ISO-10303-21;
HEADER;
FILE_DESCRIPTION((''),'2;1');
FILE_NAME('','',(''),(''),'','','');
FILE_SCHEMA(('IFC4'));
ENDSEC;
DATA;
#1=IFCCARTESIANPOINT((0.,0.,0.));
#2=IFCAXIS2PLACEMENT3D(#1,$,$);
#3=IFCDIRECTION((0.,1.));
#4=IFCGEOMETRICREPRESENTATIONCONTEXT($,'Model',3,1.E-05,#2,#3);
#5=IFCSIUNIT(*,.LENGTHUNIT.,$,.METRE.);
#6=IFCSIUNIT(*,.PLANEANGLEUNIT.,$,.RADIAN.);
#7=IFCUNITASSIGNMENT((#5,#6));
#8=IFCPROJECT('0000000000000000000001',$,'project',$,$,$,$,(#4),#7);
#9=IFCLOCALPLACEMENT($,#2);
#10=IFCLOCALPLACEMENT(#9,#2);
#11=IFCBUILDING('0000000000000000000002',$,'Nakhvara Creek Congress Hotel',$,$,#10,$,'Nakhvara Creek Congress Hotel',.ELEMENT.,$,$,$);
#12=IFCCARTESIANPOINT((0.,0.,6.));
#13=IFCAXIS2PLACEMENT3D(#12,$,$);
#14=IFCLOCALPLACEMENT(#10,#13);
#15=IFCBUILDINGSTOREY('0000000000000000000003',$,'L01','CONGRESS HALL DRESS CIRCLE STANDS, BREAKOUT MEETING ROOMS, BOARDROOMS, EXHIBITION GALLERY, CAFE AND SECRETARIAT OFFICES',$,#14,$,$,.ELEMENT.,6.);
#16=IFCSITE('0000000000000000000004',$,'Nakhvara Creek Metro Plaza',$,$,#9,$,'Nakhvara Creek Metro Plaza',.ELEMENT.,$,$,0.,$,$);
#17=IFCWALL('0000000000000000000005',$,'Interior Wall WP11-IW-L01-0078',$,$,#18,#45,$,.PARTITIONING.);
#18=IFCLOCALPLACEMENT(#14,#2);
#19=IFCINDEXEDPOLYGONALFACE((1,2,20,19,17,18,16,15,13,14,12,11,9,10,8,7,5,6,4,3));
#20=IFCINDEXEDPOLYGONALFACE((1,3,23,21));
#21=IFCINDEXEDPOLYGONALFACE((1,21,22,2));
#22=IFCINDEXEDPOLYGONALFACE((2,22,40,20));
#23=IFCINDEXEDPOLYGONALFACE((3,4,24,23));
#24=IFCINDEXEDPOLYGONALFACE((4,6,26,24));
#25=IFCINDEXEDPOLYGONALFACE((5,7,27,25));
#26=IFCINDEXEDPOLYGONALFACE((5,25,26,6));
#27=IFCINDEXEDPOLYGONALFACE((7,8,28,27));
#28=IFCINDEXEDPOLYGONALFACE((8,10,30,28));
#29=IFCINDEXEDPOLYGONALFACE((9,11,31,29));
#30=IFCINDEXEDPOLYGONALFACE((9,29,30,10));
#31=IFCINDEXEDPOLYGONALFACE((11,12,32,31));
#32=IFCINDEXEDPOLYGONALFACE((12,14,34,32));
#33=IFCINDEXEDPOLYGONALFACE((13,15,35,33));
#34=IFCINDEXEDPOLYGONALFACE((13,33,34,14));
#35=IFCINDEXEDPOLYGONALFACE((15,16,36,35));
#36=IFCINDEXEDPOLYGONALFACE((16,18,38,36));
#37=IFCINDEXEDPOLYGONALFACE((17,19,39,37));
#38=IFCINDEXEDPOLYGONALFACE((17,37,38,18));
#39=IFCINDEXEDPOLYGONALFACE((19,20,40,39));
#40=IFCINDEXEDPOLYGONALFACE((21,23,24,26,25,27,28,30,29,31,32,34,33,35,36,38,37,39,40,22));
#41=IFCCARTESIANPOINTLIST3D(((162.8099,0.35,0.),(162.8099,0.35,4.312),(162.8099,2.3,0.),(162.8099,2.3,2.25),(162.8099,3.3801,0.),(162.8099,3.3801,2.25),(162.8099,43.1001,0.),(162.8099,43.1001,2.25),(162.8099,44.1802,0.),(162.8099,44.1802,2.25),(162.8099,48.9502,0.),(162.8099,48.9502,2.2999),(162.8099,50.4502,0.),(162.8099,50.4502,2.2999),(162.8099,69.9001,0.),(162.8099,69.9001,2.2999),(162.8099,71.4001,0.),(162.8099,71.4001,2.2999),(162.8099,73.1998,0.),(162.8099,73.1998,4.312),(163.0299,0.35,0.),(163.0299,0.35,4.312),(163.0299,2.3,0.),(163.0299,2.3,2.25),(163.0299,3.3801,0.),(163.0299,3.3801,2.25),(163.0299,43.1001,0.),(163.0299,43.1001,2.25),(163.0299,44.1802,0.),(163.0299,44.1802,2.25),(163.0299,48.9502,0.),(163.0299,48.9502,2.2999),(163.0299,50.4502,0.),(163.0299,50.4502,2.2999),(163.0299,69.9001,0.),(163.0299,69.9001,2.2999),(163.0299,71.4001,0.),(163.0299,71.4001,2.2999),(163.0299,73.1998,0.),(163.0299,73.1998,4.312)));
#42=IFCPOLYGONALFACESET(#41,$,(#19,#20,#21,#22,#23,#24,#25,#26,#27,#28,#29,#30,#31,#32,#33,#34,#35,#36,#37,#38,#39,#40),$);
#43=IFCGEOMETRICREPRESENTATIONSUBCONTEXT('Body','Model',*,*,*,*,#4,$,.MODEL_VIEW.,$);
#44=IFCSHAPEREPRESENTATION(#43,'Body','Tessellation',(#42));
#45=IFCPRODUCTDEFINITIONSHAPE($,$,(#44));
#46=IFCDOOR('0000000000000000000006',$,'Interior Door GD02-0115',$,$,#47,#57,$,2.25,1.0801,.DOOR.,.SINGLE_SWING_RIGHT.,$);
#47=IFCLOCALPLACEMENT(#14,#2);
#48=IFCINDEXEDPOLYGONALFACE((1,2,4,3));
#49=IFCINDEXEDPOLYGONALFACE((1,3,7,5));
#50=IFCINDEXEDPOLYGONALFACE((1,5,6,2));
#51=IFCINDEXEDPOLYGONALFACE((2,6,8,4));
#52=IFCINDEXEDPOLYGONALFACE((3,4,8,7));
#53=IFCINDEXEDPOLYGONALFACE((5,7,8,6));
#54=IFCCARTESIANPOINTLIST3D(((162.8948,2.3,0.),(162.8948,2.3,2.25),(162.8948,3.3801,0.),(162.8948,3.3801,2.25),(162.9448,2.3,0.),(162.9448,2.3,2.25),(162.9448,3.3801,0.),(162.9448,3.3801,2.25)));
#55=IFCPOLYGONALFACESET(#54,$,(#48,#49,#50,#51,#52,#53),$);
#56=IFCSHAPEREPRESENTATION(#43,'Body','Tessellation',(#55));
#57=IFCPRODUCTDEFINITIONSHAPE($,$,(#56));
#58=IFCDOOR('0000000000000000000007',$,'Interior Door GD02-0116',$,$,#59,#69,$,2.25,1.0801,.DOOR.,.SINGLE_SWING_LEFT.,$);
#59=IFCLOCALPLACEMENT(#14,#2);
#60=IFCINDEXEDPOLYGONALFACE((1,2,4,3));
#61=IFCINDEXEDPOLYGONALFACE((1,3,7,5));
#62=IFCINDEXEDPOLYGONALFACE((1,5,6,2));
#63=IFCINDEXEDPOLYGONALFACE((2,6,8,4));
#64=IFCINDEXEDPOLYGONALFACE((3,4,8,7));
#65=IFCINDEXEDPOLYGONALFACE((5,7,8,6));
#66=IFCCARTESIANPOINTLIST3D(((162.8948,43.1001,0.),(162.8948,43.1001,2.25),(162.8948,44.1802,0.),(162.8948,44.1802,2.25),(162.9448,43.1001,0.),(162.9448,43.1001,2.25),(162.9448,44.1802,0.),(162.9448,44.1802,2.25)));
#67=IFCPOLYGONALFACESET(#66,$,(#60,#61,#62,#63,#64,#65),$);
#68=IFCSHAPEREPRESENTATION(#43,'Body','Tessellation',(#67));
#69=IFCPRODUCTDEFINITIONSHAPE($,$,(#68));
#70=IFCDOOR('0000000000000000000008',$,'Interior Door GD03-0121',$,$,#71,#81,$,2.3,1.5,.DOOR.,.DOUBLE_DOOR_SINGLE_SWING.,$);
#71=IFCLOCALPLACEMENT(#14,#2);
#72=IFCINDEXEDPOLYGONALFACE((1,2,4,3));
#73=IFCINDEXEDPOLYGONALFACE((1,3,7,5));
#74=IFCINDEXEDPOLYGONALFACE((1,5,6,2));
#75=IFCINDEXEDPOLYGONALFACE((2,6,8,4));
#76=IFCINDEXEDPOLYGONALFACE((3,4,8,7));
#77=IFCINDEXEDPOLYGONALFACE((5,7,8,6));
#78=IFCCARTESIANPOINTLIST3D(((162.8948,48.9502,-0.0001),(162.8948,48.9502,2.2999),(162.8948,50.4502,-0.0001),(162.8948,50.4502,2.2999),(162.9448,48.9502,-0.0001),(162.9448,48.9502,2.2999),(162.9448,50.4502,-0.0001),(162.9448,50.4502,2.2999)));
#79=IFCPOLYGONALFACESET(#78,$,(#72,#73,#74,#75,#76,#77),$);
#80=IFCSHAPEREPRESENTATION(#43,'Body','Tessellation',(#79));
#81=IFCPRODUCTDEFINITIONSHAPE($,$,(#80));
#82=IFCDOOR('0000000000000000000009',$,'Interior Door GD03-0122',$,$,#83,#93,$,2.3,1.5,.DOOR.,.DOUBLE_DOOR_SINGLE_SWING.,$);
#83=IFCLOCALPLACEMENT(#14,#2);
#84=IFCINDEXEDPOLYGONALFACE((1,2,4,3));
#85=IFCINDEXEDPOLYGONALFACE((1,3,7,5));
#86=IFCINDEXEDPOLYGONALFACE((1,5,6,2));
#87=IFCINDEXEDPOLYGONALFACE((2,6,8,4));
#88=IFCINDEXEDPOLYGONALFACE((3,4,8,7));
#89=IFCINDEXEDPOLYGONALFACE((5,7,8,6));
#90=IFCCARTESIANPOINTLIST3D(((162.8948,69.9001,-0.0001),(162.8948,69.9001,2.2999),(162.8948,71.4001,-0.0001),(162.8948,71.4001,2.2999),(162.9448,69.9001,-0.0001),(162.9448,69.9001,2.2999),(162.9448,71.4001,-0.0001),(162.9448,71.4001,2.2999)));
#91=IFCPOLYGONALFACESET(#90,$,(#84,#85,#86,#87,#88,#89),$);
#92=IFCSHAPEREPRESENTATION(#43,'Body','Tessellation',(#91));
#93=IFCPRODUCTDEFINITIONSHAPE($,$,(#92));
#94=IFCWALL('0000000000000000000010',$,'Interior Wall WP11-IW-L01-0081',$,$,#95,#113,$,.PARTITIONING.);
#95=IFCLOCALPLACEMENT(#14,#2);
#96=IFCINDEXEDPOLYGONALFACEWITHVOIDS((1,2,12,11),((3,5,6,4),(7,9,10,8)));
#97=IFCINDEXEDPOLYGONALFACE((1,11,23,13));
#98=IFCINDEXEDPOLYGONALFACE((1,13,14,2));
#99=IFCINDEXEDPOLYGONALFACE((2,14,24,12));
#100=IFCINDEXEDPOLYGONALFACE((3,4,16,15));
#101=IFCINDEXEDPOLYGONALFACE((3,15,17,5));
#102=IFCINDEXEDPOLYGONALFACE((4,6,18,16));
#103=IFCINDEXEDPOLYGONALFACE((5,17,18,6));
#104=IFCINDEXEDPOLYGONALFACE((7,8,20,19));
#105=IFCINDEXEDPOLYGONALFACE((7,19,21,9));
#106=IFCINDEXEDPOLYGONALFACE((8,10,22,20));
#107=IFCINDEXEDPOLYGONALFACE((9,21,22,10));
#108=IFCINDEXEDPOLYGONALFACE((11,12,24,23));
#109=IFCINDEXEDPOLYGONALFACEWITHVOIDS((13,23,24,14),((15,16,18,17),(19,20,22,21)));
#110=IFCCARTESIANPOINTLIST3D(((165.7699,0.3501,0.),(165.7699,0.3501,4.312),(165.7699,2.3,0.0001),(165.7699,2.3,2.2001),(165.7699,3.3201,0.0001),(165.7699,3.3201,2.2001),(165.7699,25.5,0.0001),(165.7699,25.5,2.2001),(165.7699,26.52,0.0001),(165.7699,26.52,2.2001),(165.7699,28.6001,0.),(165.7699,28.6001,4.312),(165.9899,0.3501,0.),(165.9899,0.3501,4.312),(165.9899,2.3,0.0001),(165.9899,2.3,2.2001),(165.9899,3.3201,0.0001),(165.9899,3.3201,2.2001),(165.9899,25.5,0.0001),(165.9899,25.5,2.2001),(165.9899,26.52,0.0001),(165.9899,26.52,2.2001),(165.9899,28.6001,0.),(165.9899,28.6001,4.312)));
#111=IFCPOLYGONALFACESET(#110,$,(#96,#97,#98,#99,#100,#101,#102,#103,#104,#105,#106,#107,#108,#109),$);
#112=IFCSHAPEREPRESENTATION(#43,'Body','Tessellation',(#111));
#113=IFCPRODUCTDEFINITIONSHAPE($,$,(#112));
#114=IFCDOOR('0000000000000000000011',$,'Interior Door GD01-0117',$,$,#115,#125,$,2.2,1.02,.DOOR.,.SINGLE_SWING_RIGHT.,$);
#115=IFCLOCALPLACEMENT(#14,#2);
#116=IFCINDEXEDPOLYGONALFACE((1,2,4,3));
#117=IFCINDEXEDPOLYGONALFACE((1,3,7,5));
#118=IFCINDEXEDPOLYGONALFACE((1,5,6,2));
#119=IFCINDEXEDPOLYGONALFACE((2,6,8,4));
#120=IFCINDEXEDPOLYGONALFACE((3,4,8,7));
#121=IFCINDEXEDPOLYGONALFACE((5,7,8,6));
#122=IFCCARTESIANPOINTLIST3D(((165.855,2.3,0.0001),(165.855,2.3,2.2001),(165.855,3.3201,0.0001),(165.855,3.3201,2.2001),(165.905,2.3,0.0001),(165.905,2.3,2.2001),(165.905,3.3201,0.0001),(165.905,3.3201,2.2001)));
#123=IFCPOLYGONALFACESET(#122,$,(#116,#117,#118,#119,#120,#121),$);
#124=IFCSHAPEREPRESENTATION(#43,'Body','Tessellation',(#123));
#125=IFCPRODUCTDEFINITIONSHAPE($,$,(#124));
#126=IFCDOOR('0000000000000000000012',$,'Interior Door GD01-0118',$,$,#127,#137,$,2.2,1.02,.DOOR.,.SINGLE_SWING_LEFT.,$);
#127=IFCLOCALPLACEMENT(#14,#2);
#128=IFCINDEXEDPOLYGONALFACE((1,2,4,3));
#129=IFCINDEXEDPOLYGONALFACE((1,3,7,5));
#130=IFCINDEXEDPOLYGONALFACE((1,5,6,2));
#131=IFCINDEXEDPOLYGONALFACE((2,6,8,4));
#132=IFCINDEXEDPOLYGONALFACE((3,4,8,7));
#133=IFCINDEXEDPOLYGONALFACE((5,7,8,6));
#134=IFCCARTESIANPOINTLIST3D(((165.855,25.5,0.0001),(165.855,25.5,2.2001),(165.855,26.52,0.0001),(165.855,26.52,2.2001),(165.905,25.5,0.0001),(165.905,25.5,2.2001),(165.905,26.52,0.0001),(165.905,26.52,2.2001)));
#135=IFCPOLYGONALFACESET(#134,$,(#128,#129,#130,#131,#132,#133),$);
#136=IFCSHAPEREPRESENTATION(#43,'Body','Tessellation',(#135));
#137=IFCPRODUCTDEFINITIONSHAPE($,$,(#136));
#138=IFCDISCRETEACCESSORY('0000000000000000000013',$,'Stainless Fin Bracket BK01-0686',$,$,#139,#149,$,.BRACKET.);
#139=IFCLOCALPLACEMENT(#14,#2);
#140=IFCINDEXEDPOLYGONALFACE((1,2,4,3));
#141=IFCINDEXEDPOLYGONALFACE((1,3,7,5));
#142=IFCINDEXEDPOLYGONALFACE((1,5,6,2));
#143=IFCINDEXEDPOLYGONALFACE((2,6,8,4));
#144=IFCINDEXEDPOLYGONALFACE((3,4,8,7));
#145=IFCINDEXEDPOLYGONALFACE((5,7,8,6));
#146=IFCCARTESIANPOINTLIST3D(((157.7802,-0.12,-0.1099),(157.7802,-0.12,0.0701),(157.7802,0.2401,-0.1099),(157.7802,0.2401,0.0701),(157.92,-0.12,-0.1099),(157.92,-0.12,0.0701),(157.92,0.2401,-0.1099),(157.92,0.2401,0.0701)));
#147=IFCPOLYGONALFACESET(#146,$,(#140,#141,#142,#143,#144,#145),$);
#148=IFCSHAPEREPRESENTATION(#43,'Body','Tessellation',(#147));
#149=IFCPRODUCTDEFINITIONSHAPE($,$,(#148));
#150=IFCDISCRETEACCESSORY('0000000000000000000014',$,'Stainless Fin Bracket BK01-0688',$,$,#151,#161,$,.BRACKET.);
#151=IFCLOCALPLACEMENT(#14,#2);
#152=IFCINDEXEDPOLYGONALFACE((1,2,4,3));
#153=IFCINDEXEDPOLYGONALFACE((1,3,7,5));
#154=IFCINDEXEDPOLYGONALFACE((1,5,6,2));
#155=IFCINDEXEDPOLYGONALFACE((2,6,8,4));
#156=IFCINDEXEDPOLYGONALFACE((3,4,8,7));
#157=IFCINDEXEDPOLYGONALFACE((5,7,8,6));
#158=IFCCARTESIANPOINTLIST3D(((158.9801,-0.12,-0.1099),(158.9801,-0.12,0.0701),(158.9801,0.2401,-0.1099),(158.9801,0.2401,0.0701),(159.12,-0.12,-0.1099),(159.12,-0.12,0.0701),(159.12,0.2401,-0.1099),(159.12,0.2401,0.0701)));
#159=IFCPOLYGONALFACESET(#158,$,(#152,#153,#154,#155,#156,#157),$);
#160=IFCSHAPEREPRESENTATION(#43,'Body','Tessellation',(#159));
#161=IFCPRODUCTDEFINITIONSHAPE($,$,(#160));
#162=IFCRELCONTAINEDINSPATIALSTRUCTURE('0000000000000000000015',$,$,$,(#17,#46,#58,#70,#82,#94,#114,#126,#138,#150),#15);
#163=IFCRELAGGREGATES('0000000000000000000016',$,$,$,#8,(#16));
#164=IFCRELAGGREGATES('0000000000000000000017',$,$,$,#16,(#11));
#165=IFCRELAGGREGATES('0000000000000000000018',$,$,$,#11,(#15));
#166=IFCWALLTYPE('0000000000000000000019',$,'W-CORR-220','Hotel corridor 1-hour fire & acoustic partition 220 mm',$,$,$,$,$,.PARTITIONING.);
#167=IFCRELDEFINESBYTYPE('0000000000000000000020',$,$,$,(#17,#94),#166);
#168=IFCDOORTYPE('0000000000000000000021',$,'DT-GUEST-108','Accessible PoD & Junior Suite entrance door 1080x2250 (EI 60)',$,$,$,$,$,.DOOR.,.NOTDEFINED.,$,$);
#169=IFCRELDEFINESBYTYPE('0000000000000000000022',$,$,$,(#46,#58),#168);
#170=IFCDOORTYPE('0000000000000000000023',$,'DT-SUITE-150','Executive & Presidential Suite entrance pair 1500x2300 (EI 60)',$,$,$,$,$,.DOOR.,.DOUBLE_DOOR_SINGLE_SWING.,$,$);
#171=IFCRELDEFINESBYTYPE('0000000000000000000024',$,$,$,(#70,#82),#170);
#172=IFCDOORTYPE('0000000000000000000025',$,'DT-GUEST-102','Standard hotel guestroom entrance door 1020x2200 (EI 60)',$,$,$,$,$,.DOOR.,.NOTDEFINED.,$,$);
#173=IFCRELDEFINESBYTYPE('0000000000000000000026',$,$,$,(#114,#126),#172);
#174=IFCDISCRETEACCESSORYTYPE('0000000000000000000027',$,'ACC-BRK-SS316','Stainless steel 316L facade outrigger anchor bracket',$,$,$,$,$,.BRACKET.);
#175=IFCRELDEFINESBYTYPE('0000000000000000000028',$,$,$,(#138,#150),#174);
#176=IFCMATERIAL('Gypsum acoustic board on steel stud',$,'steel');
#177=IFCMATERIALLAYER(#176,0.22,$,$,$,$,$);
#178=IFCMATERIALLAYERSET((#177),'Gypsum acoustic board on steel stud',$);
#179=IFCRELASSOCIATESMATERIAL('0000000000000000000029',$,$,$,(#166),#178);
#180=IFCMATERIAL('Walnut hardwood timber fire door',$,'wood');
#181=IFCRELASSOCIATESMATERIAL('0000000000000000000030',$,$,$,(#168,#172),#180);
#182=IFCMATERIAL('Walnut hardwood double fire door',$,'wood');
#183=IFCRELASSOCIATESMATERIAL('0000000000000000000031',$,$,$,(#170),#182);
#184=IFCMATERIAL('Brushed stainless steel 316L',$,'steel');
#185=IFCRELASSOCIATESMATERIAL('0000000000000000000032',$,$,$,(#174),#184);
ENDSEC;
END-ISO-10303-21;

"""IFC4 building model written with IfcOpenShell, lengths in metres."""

from ifc_helpers import new_model, si_unit, direction, frame, frame_2d, origin, origin_2d, place, context, subcontext, project, spatial, rectangle, extrude, material, layer, layer_set, type_object, element, fill, save


model = new_model("IFC4")

# Units and contexts
model_context = context("Model", 3, precision=1e-05, world=origin(), true_north=direction((0.0, 1.0)))
body_context = subcontext(model_context, "Body", "Model", "MODEL_VIEW")
ifc_project = project(units=[si_unit("LENGTHUNIT", "METRE"), si_unit("PLANEANGLEUNIT", "RADIAN")], contexts=[model_context])

# Site, building, storey
site_placement = place(None, origin())
site = spatial("IfcSite", under=ifc_project, at=site_placement, Name="Nakhvara Creek Metro Plaza", LongName="Nakhvara Creek Metro Plaza", CompositionType="ELEMENT", RefElevation=0.0)
building_placement = place(site_placement, origin())
building = spatial("IfcBuilding", under=site, at=building_placement, Name="Nakhvara Creek Congress Hotel", LongName="Nakhvara Creek Congress Hotel", CompositionType="ELEMENT")
storey_placement = place(building_placement, frame((0.0, 0.0, 6.0)))
storey = spatial("IfcBuildingStorey", under=building, at=storey_placement, Name="L01", Description="CONGRESS HALL DRESS CIRCLE STANDS, BREAKOUT MEETING ROOMS, BOARDROOMS, EXHIBITION GALLERY, CAFE AND SECRETARIAT OFFICES", CompositionType="ELEMENT", Elevation=6.0)

# Walls, openings, doors
ifc_material_1 = material(Name="Gypsum acoustic board on steel stud", Category="steel")
ifc_layer = layer(ifc_material_1, 0.22)
ifc_layer_set = layer_set([ifc_layer], Name="Gypsum acoustic board on steel stud")
wall_type = type_object("IfcWallType", Name="W-CORR-220", Description="Hotel corridor 1-hour fire & acoustic partition 220 mm", PredefinedType="PARTITIONING", material=ifc_layer_set)
wall_1_placement = place(storey_placement, frame((162.9199, 0.3501, 0.0), z_axis=(0.0, 0.0, 1.0), x_axis=(0.0, 1.0, 0.0)))
wall_1 = element("IfcWall", 1, at=wall_1_placement, inside=storey, type_object=wall_type, Name="Interior Wall WP11-IW-L01-0078", PredefinedType="PARTITIONING", context=body_context, shape_type="SweptSolid", body=[
    extrude(rectangle(XDim=72.8499, YDim=0.22, at=frame_2d((36.4248, 0.0))), origin(), (0.0, 0.0, 1.0), 4.312),
])
opening_1_placement = place(wall_1_placement, frame((1.95, 0.0, 0.0)))
opening_1 = element("IfcOpeningElement", 2, at=opening_1_placement, cuts=wall_1, PredefinedType="OPENING", context=body_context, shape_type="SweptSolid", body=[
    extrude(rectangle(XDim=1.0801, YDim=2.25, at=frame_2d((0.54, 1.125))), frame((0.0, 0.1221, 0.0), z_axis=(0.0, -1.0, 0.0), x_axis=(1.0, 0.0, 0.0)), (0.0, 0.0, 1.0), 0.2439),
])
opening_2_placement = place(wall_1_placement, frame((42.75, 0.0, 0.0)))
opening_2 = element("IfcOpeningElement", 3, at=opening_2_placement, cuts=wall_1, PredefinedType="OPENING", context=body_context, shape_type="SweptSolid", body=[
    extrude(rectangle(XDim=1.0801, YDim=2.25, at=frame_2d((0.54, 1.125))), frame((0.0, 0.1221, 0.0), z_axis=(0.0, -1.0, 0.0), x_axis=(1.0, 0.0, 0.0)), (0.0, 0.0, 1.0), 0.2439),
])
opening_3_placement = place(wall_1_placement, frame((48.6001, 0.0, 0.0)))
opening_3 = element("IfcOpeningElement", 4, at=opening_3_placement, cuts=wall_1, PredefinedType="OPENING", context=body_context, shape_type="SweptSolid", body=[
    extrude(rectangle(XDim=1.5, YDim=2.3, at=frame_2d((0.75, 1.1499))), frame((0.0, 0.1221, 0.0), z_axis=(0.0, -1.0, 0.0), x_axis=(1.0, 0.0, 0.0)), (0.0, 0.0, 1.0), 0.2439),
])
opening_4_placement = place(wall_1_placement, frame((69.55, 0.0, 0.0)))
opening_4 = element("IfcOpeningElement", 5, at=opening_4_placement, cuts=wall_1, PredefinedType="OPENING", context=body_context, shape_type="SweptSolid", body=[
    extrude(rectangle(XDim=1.5, YDim=2.3, at=frame_2d((0.75, 1.1499))), frame((0.0, 0.1221, 0.0), z_axis=(0.0, -1.0, 0.0), x_axis=(1.0, 0.0, 0.0)), (0.0, 0.0, 1.0), 0.2439),
])
ifc_material_2 = material(Name="Walnut hardwood timber fire door", Category="wood")
door_type_1 = type_object("IfcDoorType", Name="DT-GUEST-108", Description="Accessible PoD & Junior Suite entrance door 1080x2250 (EI 60)", OperationType="NOTDEFINED", PredefinedType="DOOR", material=ifc_material_2)
door_1_placement = place(opening_1_placement, frame((1.0801, 0.0, 0.0), z_axis=(0.0, 0.0, 1.0), x_axis=(-1.0, 0.0, 0.0)))
door_1 = element("IfcDoor", 6, at=door_1_placement, inside=storey, type_object=door_type_1, Name="Interior Door GD02-0115", OperationType="SINGLE_SWING_RIGHT", OverallHeight=2.25, OverallWidth=1.0801, PredefinedType="DOOR", context=body_context, shape_type="SweptSolid", body=[
    extrude(rectangle(XDim=1.0801, YDim=2.25, at=frame_2d((0.54, 1.125))), frame((0.0, 0.0249, 0.0), z_axis=(0.0, -1.0, 0.0), x_axis=(1.0, 0.0, 0.0)), (0.0, 0.0, 1.0), 0.05),
])
fill(opening_1, door_1)
door_2_placement = place(opening_2_placement, frame((1.0801, 0.0, 0.0), z_axis=(0.0, 0.0, 1.0), x_axis=(-1.0, 0.0, 0.0)))
door_2 = element("IfcDoor", 7, at=door_2_placement, inside=storey, type_object=door_type_1, Name="Interior Door GD02-0116", OperationType="SINGLE_SWING_LEFT", OverallHeight=2.25, OverallWidth=1.0801, PredefinedType="DOOR", context=body_context, shape_type="SweptSolid", body=[
    extrude(rectangle(XDim=1.0801, YDim=2.25, at=frame_2d((0.54, 1.125))), frame((0.0, 0.0249, 0.0), z_axis=(0.0, -1.0, 0.0), x_axis=(1.0, 0.0, 0.0)), (0.0, 0.0, 1.0), 0.05),
])
fill(opening_2, door_2)
ifc_material_3 = material(Name="Walnut hardwood double fire door", Category="wood")
door_type_2 = type_object("IfcDoorType", Name="DT-SUITE-150", Description="Executive & Presidential Suite entrance pair 1500x2300 (EI 60)", OperationType="DOUBLE_DOOR_SINGLE_SWING", PredefinedType="DOOR", material=ifc_material_3)
door_3_placement = place(opening_3_placement, frame((1.5, 0.0, 0.0), z_axis=(0.0, 0.0, 1.0), x_axis=(-1.0, 0.0, 0.0)))
door_3 = element("IfcDoor", 8, at=door_3_placement, inside=storey, type_object=door_type_2, Name="Interior Door GD03-0121", OperationType="DOUBLE_DOOR_SINGLE_SWING", OverallHeight=2.3, OverallWidth=1.5, PredefinedType="DOOR", context=body_context, shape_type="SweptSolid", body=[
    extrude(rectangle(XDim=1.5, YDim=2.3, at=frame_2d((0.75, 1.1499))), frame((0.0, 0.0249, 0.0), z_axis=(0.0, -1.0, 0.0), x_axis=(1.0, 0.0, 0.0)), (0.0, 0.0, 1.0), 0.05),
])
fill(opening_3, door_3)
door_4_placement = place(opening_4_placement, frame((1.5, 0.0, 0.0), z_axis=(0.0, 0.0, 1.0), x_axis=(-1.0, 0.0, 0.0)))
door_4 = element("IfcDoor", 9, at=door_4_placement, inside=storey, type_object=door_type_2, Name="Interior Door GD03-0122", OperationType="DOUBLE_DOOR_SINGLE_SWING", OverallHeight=2.3, OverallWidth=1.5, PredefinedType="DOOR", context=body_context, shape_type="SweptSolid", body=[
    extrude(rectangle(XDim=1.5, YDim=2.3, at=frame_2d((0.75, 1.1499))), frame((0.0, 0.0249, 0.0), z_axis=(0.0, -1.0, 0.0), x_axis=(1.0, 0.0, 0.0)), (0.0, 0.0, 1.0), 0.05),
])
fill(opening_4, door_4)
wall_2_placement = place(storey_placement, frame((165.8799, 0.3501, 0.0), z_axis=(0.0, 0.0, 1.0), x_axis=(0.0, 1.0, 0.0)))
wall_2 = element("IfcWall", 10, at=wall_2_placement, inside=storey, type_object=wall_type, Name="Interior Wall WP11-IW-L01-0081", PredefinedType="PARTITIONING", context=body_context, shape_type="SweptSolid", body=[
    extrude(rectangle(XDim=28.25, YDim=0.22, at=frame_2d((14.125, 0.0))), origin(), (0.0, 0.0, 1.0), 4.312),
])
opening_5_placement = place(wall_2_placement, frame((1.95, 0.0, 0.0)))
opening_5 = element("IfcOpeningElement", 11, at=opening_5_placement, cuts=wall_2, PredefinedType="OPENING", context=body_context, shape_type="SweptSolid", body=[
    extrude(rectangle(XDim=1.02, YDim=2.2, at=frame_2d((0.51, 1.1001))), frame((0.0, 0.1221, 0.0), z_axis=(0.0, -1.0, 0.0), x_axis=(1.0, 0.0, 0.0)), (0.0, 0.0, 1.0), 0.2439),
])
opening_6_placement = place(wall_2_placement, frame((25.1499, 0.0, 0.0)))
opening_6 = element("IfcOpeningElement", 12, at=opening_6_placement, cuts=wall_2, PredefinedType="OPENING", context=body_context, shape_type="SweptSolid", body=[
    extrude(rectangle(XDim=1.02, YDim=2.2, at=frame_2d((0.51, 1.1001))), frame((0.0, 0.1221, 0.0), z_axis=(0.0, -1.0, 0.0), x_axis=(1.0, 0.0, 0.0)), (0.0, 0.0, 1.0), 0.2439),
])
door_type_3 = type_object("IfcDoorType", Name="DT-GUEST-102", Description="Standard hotel guestroom entrance door 1020x2200 (EI 60)", OperationType="NOTDEFINED", PredefinedType="DOOR", material=ifc_material_2)
door_5_placement = place(opening_5_placement, origin())
door_5 = element("IfcDoor", 13, at=door_5_placement, inside=storey, type_object=door_type_3, Name="Interior Door GD01-0117", OperationType="SINGLE_SWING_RIGHT", OverallHeight=2.2, OverallWidth=1.02, PredefinedType="DOOR", context=body_context, shape_type="SweptSolid", body=[
    extrude(rectangle(XDim=1.02, YDim=2.2, at=frame_2d((0.51, 1.1001))), frame((0.0, 0.0249, 0.0), z_axis=(0.0, -1.0, 0.0), x_axis=(1.0, 0.0, 0.0)), (0.0, 0.0, 1.0), 0.05),
])
fill(opening_5, door_5)
door_6_placement = place(opening_6_placement, origin())
door_6 = element("IfcDoor", 14, at=door_6_placement, inside=storey, type_object=door_type_3, Name="Interior Door GD01-0118", OperationType="SINGLE_SWING_LEFT", OverallHeight=2.2, OverallWidth=1.02, PredefinedType="DOOR", context=body_context, shape_type="SweptSolid", body=[
    extrude(rectangle(XDim=1.02, YDim=2.2, at=frame_2d((0.51, 1.1001))), frame((0.0, 0.0249, 0.0), z_axis=(0.0, -1.0, 0.0), x_axis=(1.0, 0.0, 0.0)), (0.0, 0.0, 1.0), 0.05),
])
fill(opening_6, door_6)

# Discrete accessories
ifc_material_4 = material(Name="Brushed stainless steel 316L", Category="steel")
discrete_accessory_type = type_object("IfcDiscreteAccessoryType", Name="ACC-BRK-SS316", Description="Stainless steel 316L facade outrigger anchor bracket", PredefinedType="BRACKET", material=ifc_material_4)
for number, where, z_axis, x_axis, name in (
    (15, (157.8501, 0.0601, -0.1099), (0.0, 0.0, 1.0), (1.0, 0.0, 0.0), "Stainless Fin Bracket BK01-0686"),
    (16, (159.05, 0.0601, -0.1099), (0.0, 0.0, 1.0), (1.0, 0.0, 0.0), "Stainless Fin Bracket BK01-0688"),
):
    element("IfcDiscreteAccessory", number, at=place(storey_placement, frame(where, z_axis=z_axis, x_axis=x_axis)), inside=storey, type_object=discrete_accessory_type, Name=name, PredefinedType="BRACKET", context=body_context, shape_type="SweptSolid", body=[
        extrude(rectangle(XDim=0.1399, YDim=0.3601, at=origin_2d()), origin(), (0.0, 0.0, 1.0), 0.1799),
    ])

save(model, "model.ifc")
